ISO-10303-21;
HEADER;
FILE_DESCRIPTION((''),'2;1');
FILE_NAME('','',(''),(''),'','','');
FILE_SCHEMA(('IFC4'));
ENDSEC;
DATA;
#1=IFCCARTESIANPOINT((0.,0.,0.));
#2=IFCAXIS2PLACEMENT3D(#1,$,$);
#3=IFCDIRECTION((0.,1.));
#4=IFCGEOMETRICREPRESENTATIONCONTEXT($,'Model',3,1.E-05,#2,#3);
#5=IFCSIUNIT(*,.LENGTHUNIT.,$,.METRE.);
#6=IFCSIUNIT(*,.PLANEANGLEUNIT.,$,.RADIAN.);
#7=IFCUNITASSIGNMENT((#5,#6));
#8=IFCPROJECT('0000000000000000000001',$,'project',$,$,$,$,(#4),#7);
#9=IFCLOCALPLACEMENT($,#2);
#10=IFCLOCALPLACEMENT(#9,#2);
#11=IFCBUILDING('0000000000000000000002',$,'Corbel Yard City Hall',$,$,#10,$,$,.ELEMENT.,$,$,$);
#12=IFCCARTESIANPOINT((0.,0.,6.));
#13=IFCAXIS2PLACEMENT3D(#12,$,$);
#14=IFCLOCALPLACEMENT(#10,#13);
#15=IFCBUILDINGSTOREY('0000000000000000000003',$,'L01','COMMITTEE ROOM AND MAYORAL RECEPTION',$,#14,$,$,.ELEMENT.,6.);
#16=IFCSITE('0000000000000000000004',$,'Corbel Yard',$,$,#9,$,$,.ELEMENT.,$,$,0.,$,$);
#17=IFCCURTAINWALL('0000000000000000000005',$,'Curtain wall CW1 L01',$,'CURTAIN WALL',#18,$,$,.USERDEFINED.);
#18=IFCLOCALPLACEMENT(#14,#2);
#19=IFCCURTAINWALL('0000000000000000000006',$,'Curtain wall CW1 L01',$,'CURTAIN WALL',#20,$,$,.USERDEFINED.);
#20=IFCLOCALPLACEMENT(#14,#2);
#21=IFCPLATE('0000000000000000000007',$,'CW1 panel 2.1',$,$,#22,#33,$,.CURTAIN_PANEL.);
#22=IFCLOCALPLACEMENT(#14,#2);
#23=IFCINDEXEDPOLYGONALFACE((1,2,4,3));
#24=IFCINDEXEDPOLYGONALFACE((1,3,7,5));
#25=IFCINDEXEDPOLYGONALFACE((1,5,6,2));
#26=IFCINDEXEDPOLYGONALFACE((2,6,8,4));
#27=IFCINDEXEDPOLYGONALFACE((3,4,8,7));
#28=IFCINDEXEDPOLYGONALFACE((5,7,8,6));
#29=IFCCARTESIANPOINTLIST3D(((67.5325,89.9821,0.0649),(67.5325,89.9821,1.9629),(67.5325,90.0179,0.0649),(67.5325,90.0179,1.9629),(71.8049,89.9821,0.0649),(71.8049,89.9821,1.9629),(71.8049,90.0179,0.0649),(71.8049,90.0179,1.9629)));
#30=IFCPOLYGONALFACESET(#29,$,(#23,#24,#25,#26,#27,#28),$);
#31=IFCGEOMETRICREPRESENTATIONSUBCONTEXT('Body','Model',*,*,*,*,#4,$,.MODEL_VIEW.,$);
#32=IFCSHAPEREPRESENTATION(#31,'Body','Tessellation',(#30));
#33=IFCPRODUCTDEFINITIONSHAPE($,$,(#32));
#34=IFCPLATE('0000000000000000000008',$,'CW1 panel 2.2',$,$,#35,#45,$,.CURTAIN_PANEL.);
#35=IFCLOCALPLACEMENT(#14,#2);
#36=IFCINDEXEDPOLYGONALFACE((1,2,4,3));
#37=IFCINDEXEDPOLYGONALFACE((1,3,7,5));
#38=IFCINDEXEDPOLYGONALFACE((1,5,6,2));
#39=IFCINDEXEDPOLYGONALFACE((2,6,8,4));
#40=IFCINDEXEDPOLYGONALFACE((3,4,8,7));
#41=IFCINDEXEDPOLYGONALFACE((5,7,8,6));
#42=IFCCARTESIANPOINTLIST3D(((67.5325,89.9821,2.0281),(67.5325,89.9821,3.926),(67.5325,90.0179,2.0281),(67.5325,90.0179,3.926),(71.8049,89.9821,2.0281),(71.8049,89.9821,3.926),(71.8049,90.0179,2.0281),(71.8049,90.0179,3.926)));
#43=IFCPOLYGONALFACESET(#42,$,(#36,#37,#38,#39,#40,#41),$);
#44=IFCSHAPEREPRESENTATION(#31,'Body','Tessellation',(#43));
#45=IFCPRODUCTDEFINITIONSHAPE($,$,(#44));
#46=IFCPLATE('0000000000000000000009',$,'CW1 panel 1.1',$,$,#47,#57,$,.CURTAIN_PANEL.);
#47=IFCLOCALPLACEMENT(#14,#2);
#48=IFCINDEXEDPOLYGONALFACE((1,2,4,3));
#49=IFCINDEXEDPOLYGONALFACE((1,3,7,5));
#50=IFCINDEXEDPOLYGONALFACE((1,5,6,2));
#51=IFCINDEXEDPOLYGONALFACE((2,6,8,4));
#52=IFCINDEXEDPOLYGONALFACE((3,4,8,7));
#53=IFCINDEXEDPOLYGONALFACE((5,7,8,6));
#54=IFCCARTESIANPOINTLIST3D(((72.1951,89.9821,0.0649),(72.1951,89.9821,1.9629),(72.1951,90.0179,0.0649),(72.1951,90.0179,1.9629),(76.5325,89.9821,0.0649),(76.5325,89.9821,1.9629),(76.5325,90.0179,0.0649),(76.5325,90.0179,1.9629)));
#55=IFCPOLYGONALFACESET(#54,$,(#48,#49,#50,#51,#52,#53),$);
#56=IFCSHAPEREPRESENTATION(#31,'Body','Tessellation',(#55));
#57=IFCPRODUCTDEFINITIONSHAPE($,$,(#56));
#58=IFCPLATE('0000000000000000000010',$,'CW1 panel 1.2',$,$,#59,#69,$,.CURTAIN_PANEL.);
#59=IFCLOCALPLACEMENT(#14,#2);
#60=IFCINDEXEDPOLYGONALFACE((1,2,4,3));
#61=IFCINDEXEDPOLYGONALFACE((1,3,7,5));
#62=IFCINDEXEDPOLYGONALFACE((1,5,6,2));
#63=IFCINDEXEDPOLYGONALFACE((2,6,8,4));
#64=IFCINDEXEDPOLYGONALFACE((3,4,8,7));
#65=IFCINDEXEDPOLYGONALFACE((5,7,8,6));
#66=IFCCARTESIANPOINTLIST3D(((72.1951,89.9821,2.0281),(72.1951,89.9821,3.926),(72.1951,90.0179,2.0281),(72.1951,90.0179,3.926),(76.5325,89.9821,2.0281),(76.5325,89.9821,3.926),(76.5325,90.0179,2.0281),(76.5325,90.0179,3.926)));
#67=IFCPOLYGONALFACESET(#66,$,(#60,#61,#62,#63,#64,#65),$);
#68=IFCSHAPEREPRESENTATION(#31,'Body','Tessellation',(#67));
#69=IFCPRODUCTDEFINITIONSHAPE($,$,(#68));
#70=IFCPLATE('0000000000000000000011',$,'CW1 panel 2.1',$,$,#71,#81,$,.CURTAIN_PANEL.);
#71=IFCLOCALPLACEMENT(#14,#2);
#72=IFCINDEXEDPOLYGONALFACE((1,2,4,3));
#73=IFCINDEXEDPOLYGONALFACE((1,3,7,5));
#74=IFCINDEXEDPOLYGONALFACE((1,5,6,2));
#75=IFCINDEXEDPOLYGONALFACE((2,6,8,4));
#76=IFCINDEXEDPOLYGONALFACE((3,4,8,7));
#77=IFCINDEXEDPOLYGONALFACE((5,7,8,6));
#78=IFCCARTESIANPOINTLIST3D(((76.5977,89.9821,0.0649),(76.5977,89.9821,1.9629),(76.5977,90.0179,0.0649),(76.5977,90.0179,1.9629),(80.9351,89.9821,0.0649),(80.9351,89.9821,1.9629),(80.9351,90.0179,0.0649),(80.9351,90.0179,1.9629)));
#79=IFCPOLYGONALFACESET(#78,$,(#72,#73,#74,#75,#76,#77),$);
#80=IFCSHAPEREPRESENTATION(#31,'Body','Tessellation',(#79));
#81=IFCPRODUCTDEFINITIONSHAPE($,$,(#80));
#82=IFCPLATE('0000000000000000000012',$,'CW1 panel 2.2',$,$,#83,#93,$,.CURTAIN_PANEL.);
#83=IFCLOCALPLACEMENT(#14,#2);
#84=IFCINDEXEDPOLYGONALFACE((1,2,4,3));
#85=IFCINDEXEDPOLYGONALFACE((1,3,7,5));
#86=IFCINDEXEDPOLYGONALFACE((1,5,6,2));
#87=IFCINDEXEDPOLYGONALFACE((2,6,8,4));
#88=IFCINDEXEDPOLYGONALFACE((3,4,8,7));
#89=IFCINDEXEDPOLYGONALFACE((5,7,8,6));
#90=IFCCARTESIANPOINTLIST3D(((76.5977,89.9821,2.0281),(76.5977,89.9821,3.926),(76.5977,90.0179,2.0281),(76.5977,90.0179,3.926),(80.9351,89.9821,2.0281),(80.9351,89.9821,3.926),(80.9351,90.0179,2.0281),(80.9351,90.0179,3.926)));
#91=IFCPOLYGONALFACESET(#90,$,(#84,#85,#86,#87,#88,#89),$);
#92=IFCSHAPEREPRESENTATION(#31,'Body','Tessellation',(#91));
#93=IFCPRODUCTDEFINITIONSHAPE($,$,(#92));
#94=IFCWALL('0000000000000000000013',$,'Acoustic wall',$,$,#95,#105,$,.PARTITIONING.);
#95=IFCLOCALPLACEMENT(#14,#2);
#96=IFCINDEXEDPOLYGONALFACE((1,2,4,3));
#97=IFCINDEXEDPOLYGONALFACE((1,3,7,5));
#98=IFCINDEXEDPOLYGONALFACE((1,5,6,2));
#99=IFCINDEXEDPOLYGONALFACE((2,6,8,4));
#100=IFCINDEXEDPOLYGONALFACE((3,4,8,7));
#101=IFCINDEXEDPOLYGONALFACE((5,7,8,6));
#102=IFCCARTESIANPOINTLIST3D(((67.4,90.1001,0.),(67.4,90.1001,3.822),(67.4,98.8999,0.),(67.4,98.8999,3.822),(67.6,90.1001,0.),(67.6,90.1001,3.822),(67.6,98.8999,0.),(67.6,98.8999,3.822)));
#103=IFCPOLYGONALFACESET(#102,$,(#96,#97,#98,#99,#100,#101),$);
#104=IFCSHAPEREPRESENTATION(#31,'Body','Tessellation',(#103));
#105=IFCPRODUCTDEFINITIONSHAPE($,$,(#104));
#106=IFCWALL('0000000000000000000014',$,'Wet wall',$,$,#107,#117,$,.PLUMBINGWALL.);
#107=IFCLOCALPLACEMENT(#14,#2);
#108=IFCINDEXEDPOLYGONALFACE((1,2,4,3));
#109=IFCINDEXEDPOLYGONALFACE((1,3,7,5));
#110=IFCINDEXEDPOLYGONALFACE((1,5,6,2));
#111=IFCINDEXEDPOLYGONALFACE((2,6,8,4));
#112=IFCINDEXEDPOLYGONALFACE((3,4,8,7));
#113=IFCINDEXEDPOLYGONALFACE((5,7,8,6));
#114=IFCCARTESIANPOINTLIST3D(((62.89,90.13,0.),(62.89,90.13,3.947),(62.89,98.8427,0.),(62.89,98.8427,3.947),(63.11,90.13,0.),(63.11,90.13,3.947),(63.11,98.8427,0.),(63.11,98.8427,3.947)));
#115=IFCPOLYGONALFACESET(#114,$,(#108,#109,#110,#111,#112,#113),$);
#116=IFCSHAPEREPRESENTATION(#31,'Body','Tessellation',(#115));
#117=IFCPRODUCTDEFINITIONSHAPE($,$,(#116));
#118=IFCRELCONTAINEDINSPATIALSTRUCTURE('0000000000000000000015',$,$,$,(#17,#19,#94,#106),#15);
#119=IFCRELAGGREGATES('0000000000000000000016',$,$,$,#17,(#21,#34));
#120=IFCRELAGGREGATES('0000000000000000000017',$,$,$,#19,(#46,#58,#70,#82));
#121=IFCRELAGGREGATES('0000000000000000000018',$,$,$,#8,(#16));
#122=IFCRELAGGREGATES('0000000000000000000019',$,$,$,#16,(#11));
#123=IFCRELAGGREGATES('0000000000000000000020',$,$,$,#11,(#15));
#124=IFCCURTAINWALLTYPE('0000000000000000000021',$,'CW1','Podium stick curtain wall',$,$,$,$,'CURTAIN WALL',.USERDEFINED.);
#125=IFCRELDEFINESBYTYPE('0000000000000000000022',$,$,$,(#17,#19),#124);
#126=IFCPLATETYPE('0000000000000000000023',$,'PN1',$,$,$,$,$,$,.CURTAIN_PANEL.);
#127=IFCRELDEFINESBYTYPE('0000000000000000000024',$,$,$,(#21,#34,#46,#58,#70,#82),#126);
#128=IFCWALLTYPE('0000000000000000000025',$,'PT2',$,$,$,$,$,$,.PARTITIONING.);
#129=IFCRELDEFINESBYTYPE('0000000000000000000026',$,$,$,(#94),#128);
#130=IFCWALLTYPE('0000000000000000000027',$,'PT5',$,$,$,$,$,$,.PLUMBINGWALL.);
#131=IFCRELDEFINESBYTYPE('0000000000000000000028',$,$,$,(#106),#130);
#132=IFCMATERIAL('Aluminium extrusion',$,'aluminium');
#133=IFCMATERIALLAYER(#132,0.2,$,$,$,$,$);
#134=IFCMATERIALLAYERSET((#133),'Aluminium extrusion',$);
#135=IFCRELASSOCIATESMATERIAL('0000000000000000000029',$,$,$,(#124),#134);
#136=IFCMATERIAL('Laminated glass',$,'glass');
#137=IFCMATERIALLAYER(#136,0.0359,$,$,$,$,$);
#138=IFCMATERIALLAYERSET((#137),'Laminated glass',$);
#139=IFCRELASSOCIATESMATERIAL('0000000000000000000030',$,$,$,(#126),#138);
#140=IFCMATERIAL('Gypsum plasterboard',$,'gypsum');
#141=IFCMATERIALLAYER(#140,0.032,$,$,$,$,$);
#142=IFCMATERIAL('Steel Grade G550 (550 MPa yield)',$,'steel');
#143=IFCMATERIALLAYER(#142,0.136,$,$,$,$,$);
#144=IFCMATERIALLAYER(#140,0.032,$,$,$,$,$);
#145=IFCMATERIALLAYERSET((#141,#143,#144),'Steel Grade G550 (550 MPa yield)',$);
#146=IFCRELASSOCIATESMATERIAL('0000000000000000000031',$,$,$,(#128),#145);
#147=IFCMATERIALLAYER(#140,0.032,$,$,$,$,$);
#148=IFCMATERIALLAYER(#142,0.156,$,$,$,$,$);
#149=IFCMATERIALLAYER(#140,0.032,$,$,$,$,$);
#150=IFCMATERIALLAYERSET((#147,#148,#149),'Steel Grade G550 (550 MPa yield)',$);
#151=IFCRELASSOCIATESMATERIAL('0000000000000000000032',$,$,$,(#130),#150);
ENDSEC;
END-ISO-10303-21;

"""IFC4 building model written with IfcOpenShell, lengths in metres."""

from ifc_helpers import new_model, si_unit, direction, frame, frame_2d, origin, origin_2d, place, context, subcontext, project, spatial, rectangle, extrude, material, layer, layer_set, type_object, element, aggregate, save


model = new_model("IFC4")

# Units and contexts
model_context = context("Model", 3, precision=1e-05, world=origin(), true_north=direction((0.0, 1.0)))
body_context = subcontext(model_context, "Body", "Model", "MODEL_VIEW")
ifc_project = project(units=[si_unit("LENGTHUNIT", "METRE"), si_unit("PLANEANGLEUNIT", "RADIAN")], contexts=[model_context])

# Site, building, storey
site_placement = place(None, origin())
site = spatial("IfcSite", under=ifc_project, at=site_placement, Name="Corbel Yard", CompositionType="ELEMENT", RefElevation=0.0)
building_placement = place(site_placement, origin())
building = spatial("IfcBuilding", under=site, at=building_placement, Name="Corbel Yard City Hall", CompositionType="ELEMENT")
storey_placement = place(building_placement, frame((0.0, 0.0, 6.0)))
storey = spatial("IfcBuildingStorey", under=building, at=storey_placement, Name="L01", Description="COMMITTEE ROOM AND MAYORAL RECEPTION", CompositionType="ELEMENT", Elevation=6.0)

# Curtain walls
ifc_material_1 = material(Name="Aluminium extrusion", Category="aluminium")
ifc_layer_1 = layer(ifc_material_1, 0.2)
ifc_layer_set_1 = layer_set([ifc_layer_1], Name="Aluminium extrusion")
curtain_wall_type = type_object("IfcCurtainWallType", Name="CW1", Description="Podium stick curtain wall", ElementType="CURTAIN WALL", PredefinedType="USERDEFINED", material=ifc_layer_set_1)
curtain_wall_1_placement = place(storey_placement, origin())
curtain_wall_1 = element("IfcCurtainWall", 1, at=curtain_wall_1_placement, inside=storey, type_object=curtain_wall_type, Name="Curtain wall CW1 L01", ObjectType="CURTAIN WALL", PredefinedType="USERDEFINED")
curtain_wall_2_placement = place(storey_placement, origin())
curtain_wall_2 = element("IfcCurtainWall", 2, at=curtain_wall_2_placement, inside=storey, type_object=curtain_wall_type, Name="Curtain wall CW1 L01", ObjectType="CURTAIN WALL", PredefinedType="USERDEFINED")

# Plates
ifc_material_2 = material(Name="Laminated glass", Category="glass")
ifc_layer_2 = layer(ifc_material_2, 0.0359)
ifc_layer_set_2 = layer_set([ifc_layer_2], Name="Laminated glass")
plate_type = type_object("IfcPlateType", Name="PN1", PredefinedType="CURTAIN_PANEL", material=ifc_layer_set_2)
plate_1_placement = place(storey_placement, frame((69.6687, 90.0, 0.0649), z_axis=(0.0, 0.0, 1.0), x_axis=(1.0, 0.0, 0.0)))
plate_1 = element("IfcPlate", 3, at=plate_1_placement, type_object=plate_type, Name="CW1 panel 2.1", PredefinedType="CURTAIN_PANEL", context=body_context, shape_type="SweptSolid", body=[
    extrude(rectangle(XDim=4.2725, YDim=0.0359, at=origin_2d()), origin(), (0.0, 0.0, 1.0), 1.8979),
])
plate_2_placement = place(storey_placement, frame((69.6687, 90.0, 2.0281), z_axis=(0.0, 0.0, 1.0), x_axis=(1.0, 0.0, 0.0)))
plate_2 = element("IfcPlate", 4, at=plate_2_placement, type_object=plate_type, Name="CW1 panel 2.2", PredefinedType="CURTAIN_PANEL", context=body_context, shape_type="SweptSolid", body=[
    extrude(rectangle(XDim=4.2725, YDim=0.0359, at=origin_2d()), origin(), (0.0, 0.0, 1.0), 1.8979),
])
aggregate(curtain_wall_1, [plate_1, plate_2])
plate_3_placement = place(storey_placement, frame((74.3638, 90.0, 0.0649), z_axis=(0.0, 0.0, 1.0), x_axis=(1.0, 0.0, 0.0)))
plate_3 = element("IfcPlate", 5, at=plate_3_placement, type_object=plate_type, Name="CW1 panel 1.1", PredefinedType="CURTAIN_PANEL", context=body_context, shape_type="SweptSolid", body=[
    extrude(rectangle(XDim=4.3374, YDim=0.0359, at=origin_2d()), origin(), (0.0, 0.0, 1.0), 1.8979),
])
plate_4_placement = place(storey_placement, frame((74.3638, 90.0, 2.0281), z_axis=(0.0, 0.0, 1.0), x_axis=(1.0, 0.0, 0.0)))
plate_4 = element("IfcPlate", 6, at=plate_4_placement, type_object=plate_type, Name="CW1 panel 1.2", PredefinedType="CURTAIN_PANEL", context=body_context, shape_type="SweptSolid", body=[
    extrude(rectangle(XDim=4.3374, YDim=0.0359, at=origin_2d()), origin(), (0.0, 0.0, 1.0), 1.8979),
])
plate_5_placement = place(storey_placement, frame((78.7664, 90.0, 0.0649), z_axis=(0.0, 0.0, 1.0), x_axis=(1.0, 0.0, 0.0)))
plate_5 = element("IfcPlate", 7, at=plate_5_placement, type_object=plate_type, Name="CW1 panel 2.1", PredefinedType="CURTAIN_PANEL", context=body_context, shape_type="SweptSolid", body=[
    extrude(rectangle(XDim=4.3374, YDim=0.0359, at=origin_2d()), origin(), (0.0, 0.0, 1.0), 1.8979),
])
plate_6_placement = place(storey_placement, frame((78.7664, 90.0, 2.0281), z_axis=(0.0, 0.0, 1.0), x_axis=(1.0, 0.0, 0.0)))
plate_6 = element("IfcPlate", 8, at=plate_6_placement, type_object=plate_type, Name="CW1 panel 2.2", PredefinedType="CURTAIN_PANEL", context=body_context, shape_type="SweptSolid", body=[
    extrude(rectangle(XDim=4.3374, YDim=0.0359, at=origin_2d()), origin(), (0.0, 0.0, 1.0), 1.8979),
])
aggregate(curtain_wall_2, [plate_3, plate_4, plate_5, plate_6])

# Walls
ifc_material_3 = material(Name="Gypsum plasterboard", Category="gypsum")
ifc_layer_3 = layer(ifc_material_3, 0.032)
ifc_material_4 = material(Name="Steel Grade G550 (550 MPa yield)", Category="steel")
ifc_layer_4 = layer(ifc_material_4, 0.136)
ifc_layer_5 = layer(ifc_material_3, 0.032)
ifc_layer_set_3 = layer_set([ifc_layer_3, ifc_layer_4, ifc_layer_5], Name="Steel Grade G550 (550 MPa yield)")
wall_type_1 = type_object("IfcWallType", Name="PT2", PredefinedType="PARTITIONING", material=ifc_layer_set_3)
wall_1_placement = place(storey_placement, frame((67.5, 90.1001, 0.0), z_axis=(0.0, 0.0, 1.0), x_axis=(0.0, 1.0, 0.0)))
element("IfcWall", 9, at=wall_1_placement, inside=storey, type_object=wall_type_1, Name="Acoustic wall", PredefinedType="PARTITIONING", context=body_context, shape_type="SweptSolid", body=[
    extrude(rectangle(XDim=8.7998, YDim=0.2, at=frame_2d((4.3999, 0.0))), origin(), (0.0, 0.0, 1.0), 3.822),
])
ifc_layer_6 = layer(ifc_material_3, 0.032)
ifc_layer_7 = layer(ifc_material_4, 0.156)
ifc_layer_8 = layer(ifc_material_3, 0.032)
ifc_layer_set_4 = layer_set([ifc_layer_6, ifc_layer_7, ifc_layer_8], Name="Steel Grade G550 (550 MPa yield)")
wall_type_2 = type_object("IfcWallType", Name="PT5", PredefinedType="PLUMBINGWALL", material=ifc_layer_set_4)
wall_2_placement = place(storey_placement, frame((63.0, 90.1299, 0.0), z_axis=(0.0, 0.0, 1.0), x_axis=(0.0, 1.0, 0.0)))
element("IfcWall", 10, at=wall_2_placement, inside=storey, type_object=wall_type_2, Name="Wet wall", PredefinedType="PLUMBINGWALL", context=body_context, shape_type="SweptSolid", body=[
    extrude(rectangle(XDim=8.7126, YDim=0.22, at=frame_2d((4.3564, 0.0))), origin(), (0.0, 0.0, 1.0), 3.947),
])

save(model, "model.ifc")
